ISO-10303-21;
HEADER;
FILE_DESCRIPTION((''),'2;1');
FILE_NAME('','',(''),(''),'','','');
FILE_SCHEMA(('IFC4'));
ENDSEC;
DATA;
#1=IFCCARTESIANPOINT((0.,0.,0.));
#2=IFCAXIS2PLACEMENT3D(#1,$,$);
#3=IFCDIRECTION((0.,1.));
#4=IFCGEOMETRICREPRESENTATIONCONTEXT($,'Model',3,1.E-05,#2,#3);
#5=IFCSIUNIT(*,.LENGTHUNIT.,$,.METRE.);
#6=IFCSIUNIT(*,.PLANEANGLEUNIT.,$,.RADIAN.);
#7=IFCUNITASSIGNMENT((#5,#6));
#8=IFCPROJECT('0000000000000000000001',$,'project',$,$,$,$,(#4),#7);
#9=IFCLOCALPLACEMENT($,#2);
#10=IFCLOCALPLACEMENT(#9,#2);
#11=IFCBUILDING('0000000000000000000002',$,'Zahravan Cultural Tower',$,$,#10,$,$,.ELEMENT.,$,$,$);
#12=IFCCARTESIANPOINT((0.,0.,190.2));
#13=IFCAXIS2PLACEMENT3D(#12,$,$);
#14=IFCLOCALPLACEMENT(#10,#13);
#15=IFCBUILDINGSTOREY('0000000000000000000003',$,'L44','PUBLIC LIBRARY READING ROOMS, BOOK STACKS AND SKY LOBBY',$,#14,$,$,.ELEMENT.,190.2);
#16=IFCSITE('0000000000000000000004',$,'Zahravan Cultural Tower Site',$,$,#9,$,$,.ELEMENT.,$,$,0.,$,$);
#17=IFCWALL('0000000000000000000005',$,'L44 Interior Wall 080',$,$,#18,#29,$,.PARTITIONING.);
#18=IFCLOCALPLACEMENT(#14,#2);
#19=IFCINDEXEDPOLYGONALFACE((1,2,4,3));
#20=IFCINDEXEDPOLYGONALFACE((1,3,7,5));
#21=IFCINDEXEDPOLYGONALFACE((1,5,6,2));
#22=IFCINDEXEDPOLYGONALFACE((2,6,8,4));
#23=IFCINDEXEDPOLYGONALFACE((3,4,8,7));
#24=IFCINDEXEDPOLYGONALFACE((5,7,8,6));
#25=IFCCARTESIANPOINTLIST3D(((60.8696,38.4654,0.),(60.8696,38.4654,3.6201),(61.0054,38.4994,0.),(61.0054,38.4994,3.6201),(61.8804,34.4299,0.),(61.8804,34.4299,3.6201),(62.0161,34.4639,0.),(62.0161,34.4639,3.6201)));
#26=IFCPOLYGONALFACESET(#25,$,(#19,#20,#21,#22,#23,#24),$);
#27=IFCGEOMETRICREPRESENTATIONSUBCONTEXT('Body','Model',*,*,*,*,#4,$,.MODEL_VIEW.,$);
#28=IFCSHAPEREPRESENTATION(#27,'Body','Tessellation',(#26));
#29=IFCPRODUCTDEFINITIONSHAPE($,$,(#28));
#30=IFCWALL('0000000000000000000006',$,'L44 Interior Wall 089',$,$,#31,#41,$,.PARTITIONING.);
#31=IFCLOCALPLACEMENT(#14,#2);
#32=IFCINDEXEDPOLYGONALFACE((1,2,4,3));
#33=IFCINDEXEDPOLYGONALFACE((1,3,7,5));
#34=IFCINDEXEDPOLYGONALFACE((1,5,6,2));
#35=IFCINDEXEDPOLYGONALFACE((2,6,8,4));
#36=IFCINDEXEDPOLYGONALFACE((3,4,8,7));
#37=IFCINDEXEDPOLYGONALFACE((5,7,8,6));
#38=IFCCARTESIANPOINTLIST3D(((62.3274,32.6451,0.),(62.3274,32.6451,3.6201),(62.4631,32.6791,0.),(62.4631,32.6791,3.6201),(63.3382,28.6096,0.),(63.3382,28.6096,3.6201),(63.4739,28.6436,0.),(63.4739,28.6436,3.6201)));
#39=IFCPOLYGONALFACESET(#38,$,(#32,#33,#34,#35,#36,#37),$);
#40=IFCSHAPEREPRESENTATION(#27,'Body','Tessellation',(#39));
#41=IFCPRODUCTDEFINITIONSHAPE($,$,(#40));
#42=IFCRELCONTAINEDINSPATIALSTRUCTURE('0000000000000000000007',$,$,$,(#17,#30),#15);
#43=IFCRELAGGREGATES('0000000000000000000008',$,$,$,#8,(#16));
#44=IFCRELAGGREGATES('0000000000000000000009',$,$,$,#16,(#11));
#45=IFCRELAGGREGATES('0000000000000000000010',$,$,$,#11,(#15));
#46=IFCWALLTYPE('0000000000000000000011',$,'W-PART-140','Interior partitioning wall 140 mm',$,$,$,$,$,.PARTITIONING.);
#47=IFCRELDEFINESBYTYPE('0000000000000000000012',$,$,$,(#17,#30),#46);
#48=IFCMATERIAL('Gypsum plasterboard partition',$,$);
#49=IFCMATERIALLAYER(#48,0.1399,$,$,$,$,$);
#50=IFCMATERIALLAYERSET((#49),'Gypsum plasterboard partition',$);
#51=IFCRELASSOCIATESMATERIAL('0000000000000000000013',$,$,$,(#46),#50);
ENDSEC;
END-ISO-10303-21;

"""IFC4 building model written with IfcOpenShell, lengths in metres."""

from ifc_helpers import new_model, si_unit, direction, frame, frame_2d, origin, place, context, subcontext, project, spatial, rectangle, extrude, source, transform, mapped, material, layer, layer_set, type_object, element, save


model = new_model("IFC4")

# Units and contexts
model_context = context("Model", 3, precision=1e-05, world=origin(), true_north=direction((0.0, 1.0)))
body_context = subcontext(model_context, "Body", "Model", "MODEL_VIEW")
ifc_project = project(units=[si_unit("LENGTHUNIT", "METRE"), si_unit("PLANEANGLEUNIT", "RADIAN")], contexts=[model_context])

# Site, building, storey
site_placement = place(None, origin())
site = spatial("IfcSite", under=ifc_project, at=site_placement, Name="Zahravan Cultural Tower Site", CompositionType="ELEMENT", RefElevation=0.0)
building_placement = place(site_placement, origin())
building = spatial("IfcBuilding", under=site, at=building_placement, Name="Zahravan Cultural Tower", CompositionType="ELEMENT")
storey_placement = place(building_placement, frame((0.0, 0.0, 190.2)))
storey = spatial("IfcBuildingStorey", under=building, at=storey_placement, Name="L44", Description="PUBLIC LIBRARY READING ROOMS, BOOK STACKS AND SKY LOBBY", CompositionType="ELEMENT", Elevation=190.2)

# Shared definitions
ifc_material_1 = material(Name="Gypsum plasterboard partition")
ifc_layer_1 = layer(ifc_material_1, 0.1399)
ifc_layer_set_1 = layer_set([ifc_layer_1], Name="Gypsum plasterboard partition")
wall_type_1 = type_object("IfcWallType", Name="W-PART-140", Description="Interior partitioning wall 140 mm", PredefinedType="PARTITIONING", material=ifc_layer_set_1)

# Walls
shared_shape_1 = source(origin(), body_context, "Body", "SweptSolid", [
    extrude(rectangle(XDim=4.1602, YDim=0.1399, at=frame_2d((2.0801, 0.0))), origin(), (0.0, 0.0, 1.0), 3.6201),
])
for number, where, z_axis, x_axis, name in (
    (1, (60.9375, 38.4824, 0.0), (0.0, 0.0, 1.0), (0.242964, -0.970035, 0.0), "L44 Interior Wall 080"),
    (2, (62.3953, 32.6621, 0.0), (0.0, 0.0, 1.0), (0.242964, -0.970035, 0.0), "L44 Interior Wall 089"),
):
    element("IfcWall", number, at=place(storey_placement, frame(where, z_axis=z_axis, x_axis=x_axis)), inside=storey, type_object=wall_type_1, Name=name, PredefinedType="PARTITIONING", context=body_context, shape_type="MappedRepresentation", body=[
        mapped(shared_shape_1, transform((0.0, 0.0, 0.0), x_axis=(1.0, 0.0, 0.0), y_axis=(0.0, 1.0, 0.0), z_axis=(0.0, 0.0, 1.0), scale=1.0)),
    ])

save(model, "model.ifc")
